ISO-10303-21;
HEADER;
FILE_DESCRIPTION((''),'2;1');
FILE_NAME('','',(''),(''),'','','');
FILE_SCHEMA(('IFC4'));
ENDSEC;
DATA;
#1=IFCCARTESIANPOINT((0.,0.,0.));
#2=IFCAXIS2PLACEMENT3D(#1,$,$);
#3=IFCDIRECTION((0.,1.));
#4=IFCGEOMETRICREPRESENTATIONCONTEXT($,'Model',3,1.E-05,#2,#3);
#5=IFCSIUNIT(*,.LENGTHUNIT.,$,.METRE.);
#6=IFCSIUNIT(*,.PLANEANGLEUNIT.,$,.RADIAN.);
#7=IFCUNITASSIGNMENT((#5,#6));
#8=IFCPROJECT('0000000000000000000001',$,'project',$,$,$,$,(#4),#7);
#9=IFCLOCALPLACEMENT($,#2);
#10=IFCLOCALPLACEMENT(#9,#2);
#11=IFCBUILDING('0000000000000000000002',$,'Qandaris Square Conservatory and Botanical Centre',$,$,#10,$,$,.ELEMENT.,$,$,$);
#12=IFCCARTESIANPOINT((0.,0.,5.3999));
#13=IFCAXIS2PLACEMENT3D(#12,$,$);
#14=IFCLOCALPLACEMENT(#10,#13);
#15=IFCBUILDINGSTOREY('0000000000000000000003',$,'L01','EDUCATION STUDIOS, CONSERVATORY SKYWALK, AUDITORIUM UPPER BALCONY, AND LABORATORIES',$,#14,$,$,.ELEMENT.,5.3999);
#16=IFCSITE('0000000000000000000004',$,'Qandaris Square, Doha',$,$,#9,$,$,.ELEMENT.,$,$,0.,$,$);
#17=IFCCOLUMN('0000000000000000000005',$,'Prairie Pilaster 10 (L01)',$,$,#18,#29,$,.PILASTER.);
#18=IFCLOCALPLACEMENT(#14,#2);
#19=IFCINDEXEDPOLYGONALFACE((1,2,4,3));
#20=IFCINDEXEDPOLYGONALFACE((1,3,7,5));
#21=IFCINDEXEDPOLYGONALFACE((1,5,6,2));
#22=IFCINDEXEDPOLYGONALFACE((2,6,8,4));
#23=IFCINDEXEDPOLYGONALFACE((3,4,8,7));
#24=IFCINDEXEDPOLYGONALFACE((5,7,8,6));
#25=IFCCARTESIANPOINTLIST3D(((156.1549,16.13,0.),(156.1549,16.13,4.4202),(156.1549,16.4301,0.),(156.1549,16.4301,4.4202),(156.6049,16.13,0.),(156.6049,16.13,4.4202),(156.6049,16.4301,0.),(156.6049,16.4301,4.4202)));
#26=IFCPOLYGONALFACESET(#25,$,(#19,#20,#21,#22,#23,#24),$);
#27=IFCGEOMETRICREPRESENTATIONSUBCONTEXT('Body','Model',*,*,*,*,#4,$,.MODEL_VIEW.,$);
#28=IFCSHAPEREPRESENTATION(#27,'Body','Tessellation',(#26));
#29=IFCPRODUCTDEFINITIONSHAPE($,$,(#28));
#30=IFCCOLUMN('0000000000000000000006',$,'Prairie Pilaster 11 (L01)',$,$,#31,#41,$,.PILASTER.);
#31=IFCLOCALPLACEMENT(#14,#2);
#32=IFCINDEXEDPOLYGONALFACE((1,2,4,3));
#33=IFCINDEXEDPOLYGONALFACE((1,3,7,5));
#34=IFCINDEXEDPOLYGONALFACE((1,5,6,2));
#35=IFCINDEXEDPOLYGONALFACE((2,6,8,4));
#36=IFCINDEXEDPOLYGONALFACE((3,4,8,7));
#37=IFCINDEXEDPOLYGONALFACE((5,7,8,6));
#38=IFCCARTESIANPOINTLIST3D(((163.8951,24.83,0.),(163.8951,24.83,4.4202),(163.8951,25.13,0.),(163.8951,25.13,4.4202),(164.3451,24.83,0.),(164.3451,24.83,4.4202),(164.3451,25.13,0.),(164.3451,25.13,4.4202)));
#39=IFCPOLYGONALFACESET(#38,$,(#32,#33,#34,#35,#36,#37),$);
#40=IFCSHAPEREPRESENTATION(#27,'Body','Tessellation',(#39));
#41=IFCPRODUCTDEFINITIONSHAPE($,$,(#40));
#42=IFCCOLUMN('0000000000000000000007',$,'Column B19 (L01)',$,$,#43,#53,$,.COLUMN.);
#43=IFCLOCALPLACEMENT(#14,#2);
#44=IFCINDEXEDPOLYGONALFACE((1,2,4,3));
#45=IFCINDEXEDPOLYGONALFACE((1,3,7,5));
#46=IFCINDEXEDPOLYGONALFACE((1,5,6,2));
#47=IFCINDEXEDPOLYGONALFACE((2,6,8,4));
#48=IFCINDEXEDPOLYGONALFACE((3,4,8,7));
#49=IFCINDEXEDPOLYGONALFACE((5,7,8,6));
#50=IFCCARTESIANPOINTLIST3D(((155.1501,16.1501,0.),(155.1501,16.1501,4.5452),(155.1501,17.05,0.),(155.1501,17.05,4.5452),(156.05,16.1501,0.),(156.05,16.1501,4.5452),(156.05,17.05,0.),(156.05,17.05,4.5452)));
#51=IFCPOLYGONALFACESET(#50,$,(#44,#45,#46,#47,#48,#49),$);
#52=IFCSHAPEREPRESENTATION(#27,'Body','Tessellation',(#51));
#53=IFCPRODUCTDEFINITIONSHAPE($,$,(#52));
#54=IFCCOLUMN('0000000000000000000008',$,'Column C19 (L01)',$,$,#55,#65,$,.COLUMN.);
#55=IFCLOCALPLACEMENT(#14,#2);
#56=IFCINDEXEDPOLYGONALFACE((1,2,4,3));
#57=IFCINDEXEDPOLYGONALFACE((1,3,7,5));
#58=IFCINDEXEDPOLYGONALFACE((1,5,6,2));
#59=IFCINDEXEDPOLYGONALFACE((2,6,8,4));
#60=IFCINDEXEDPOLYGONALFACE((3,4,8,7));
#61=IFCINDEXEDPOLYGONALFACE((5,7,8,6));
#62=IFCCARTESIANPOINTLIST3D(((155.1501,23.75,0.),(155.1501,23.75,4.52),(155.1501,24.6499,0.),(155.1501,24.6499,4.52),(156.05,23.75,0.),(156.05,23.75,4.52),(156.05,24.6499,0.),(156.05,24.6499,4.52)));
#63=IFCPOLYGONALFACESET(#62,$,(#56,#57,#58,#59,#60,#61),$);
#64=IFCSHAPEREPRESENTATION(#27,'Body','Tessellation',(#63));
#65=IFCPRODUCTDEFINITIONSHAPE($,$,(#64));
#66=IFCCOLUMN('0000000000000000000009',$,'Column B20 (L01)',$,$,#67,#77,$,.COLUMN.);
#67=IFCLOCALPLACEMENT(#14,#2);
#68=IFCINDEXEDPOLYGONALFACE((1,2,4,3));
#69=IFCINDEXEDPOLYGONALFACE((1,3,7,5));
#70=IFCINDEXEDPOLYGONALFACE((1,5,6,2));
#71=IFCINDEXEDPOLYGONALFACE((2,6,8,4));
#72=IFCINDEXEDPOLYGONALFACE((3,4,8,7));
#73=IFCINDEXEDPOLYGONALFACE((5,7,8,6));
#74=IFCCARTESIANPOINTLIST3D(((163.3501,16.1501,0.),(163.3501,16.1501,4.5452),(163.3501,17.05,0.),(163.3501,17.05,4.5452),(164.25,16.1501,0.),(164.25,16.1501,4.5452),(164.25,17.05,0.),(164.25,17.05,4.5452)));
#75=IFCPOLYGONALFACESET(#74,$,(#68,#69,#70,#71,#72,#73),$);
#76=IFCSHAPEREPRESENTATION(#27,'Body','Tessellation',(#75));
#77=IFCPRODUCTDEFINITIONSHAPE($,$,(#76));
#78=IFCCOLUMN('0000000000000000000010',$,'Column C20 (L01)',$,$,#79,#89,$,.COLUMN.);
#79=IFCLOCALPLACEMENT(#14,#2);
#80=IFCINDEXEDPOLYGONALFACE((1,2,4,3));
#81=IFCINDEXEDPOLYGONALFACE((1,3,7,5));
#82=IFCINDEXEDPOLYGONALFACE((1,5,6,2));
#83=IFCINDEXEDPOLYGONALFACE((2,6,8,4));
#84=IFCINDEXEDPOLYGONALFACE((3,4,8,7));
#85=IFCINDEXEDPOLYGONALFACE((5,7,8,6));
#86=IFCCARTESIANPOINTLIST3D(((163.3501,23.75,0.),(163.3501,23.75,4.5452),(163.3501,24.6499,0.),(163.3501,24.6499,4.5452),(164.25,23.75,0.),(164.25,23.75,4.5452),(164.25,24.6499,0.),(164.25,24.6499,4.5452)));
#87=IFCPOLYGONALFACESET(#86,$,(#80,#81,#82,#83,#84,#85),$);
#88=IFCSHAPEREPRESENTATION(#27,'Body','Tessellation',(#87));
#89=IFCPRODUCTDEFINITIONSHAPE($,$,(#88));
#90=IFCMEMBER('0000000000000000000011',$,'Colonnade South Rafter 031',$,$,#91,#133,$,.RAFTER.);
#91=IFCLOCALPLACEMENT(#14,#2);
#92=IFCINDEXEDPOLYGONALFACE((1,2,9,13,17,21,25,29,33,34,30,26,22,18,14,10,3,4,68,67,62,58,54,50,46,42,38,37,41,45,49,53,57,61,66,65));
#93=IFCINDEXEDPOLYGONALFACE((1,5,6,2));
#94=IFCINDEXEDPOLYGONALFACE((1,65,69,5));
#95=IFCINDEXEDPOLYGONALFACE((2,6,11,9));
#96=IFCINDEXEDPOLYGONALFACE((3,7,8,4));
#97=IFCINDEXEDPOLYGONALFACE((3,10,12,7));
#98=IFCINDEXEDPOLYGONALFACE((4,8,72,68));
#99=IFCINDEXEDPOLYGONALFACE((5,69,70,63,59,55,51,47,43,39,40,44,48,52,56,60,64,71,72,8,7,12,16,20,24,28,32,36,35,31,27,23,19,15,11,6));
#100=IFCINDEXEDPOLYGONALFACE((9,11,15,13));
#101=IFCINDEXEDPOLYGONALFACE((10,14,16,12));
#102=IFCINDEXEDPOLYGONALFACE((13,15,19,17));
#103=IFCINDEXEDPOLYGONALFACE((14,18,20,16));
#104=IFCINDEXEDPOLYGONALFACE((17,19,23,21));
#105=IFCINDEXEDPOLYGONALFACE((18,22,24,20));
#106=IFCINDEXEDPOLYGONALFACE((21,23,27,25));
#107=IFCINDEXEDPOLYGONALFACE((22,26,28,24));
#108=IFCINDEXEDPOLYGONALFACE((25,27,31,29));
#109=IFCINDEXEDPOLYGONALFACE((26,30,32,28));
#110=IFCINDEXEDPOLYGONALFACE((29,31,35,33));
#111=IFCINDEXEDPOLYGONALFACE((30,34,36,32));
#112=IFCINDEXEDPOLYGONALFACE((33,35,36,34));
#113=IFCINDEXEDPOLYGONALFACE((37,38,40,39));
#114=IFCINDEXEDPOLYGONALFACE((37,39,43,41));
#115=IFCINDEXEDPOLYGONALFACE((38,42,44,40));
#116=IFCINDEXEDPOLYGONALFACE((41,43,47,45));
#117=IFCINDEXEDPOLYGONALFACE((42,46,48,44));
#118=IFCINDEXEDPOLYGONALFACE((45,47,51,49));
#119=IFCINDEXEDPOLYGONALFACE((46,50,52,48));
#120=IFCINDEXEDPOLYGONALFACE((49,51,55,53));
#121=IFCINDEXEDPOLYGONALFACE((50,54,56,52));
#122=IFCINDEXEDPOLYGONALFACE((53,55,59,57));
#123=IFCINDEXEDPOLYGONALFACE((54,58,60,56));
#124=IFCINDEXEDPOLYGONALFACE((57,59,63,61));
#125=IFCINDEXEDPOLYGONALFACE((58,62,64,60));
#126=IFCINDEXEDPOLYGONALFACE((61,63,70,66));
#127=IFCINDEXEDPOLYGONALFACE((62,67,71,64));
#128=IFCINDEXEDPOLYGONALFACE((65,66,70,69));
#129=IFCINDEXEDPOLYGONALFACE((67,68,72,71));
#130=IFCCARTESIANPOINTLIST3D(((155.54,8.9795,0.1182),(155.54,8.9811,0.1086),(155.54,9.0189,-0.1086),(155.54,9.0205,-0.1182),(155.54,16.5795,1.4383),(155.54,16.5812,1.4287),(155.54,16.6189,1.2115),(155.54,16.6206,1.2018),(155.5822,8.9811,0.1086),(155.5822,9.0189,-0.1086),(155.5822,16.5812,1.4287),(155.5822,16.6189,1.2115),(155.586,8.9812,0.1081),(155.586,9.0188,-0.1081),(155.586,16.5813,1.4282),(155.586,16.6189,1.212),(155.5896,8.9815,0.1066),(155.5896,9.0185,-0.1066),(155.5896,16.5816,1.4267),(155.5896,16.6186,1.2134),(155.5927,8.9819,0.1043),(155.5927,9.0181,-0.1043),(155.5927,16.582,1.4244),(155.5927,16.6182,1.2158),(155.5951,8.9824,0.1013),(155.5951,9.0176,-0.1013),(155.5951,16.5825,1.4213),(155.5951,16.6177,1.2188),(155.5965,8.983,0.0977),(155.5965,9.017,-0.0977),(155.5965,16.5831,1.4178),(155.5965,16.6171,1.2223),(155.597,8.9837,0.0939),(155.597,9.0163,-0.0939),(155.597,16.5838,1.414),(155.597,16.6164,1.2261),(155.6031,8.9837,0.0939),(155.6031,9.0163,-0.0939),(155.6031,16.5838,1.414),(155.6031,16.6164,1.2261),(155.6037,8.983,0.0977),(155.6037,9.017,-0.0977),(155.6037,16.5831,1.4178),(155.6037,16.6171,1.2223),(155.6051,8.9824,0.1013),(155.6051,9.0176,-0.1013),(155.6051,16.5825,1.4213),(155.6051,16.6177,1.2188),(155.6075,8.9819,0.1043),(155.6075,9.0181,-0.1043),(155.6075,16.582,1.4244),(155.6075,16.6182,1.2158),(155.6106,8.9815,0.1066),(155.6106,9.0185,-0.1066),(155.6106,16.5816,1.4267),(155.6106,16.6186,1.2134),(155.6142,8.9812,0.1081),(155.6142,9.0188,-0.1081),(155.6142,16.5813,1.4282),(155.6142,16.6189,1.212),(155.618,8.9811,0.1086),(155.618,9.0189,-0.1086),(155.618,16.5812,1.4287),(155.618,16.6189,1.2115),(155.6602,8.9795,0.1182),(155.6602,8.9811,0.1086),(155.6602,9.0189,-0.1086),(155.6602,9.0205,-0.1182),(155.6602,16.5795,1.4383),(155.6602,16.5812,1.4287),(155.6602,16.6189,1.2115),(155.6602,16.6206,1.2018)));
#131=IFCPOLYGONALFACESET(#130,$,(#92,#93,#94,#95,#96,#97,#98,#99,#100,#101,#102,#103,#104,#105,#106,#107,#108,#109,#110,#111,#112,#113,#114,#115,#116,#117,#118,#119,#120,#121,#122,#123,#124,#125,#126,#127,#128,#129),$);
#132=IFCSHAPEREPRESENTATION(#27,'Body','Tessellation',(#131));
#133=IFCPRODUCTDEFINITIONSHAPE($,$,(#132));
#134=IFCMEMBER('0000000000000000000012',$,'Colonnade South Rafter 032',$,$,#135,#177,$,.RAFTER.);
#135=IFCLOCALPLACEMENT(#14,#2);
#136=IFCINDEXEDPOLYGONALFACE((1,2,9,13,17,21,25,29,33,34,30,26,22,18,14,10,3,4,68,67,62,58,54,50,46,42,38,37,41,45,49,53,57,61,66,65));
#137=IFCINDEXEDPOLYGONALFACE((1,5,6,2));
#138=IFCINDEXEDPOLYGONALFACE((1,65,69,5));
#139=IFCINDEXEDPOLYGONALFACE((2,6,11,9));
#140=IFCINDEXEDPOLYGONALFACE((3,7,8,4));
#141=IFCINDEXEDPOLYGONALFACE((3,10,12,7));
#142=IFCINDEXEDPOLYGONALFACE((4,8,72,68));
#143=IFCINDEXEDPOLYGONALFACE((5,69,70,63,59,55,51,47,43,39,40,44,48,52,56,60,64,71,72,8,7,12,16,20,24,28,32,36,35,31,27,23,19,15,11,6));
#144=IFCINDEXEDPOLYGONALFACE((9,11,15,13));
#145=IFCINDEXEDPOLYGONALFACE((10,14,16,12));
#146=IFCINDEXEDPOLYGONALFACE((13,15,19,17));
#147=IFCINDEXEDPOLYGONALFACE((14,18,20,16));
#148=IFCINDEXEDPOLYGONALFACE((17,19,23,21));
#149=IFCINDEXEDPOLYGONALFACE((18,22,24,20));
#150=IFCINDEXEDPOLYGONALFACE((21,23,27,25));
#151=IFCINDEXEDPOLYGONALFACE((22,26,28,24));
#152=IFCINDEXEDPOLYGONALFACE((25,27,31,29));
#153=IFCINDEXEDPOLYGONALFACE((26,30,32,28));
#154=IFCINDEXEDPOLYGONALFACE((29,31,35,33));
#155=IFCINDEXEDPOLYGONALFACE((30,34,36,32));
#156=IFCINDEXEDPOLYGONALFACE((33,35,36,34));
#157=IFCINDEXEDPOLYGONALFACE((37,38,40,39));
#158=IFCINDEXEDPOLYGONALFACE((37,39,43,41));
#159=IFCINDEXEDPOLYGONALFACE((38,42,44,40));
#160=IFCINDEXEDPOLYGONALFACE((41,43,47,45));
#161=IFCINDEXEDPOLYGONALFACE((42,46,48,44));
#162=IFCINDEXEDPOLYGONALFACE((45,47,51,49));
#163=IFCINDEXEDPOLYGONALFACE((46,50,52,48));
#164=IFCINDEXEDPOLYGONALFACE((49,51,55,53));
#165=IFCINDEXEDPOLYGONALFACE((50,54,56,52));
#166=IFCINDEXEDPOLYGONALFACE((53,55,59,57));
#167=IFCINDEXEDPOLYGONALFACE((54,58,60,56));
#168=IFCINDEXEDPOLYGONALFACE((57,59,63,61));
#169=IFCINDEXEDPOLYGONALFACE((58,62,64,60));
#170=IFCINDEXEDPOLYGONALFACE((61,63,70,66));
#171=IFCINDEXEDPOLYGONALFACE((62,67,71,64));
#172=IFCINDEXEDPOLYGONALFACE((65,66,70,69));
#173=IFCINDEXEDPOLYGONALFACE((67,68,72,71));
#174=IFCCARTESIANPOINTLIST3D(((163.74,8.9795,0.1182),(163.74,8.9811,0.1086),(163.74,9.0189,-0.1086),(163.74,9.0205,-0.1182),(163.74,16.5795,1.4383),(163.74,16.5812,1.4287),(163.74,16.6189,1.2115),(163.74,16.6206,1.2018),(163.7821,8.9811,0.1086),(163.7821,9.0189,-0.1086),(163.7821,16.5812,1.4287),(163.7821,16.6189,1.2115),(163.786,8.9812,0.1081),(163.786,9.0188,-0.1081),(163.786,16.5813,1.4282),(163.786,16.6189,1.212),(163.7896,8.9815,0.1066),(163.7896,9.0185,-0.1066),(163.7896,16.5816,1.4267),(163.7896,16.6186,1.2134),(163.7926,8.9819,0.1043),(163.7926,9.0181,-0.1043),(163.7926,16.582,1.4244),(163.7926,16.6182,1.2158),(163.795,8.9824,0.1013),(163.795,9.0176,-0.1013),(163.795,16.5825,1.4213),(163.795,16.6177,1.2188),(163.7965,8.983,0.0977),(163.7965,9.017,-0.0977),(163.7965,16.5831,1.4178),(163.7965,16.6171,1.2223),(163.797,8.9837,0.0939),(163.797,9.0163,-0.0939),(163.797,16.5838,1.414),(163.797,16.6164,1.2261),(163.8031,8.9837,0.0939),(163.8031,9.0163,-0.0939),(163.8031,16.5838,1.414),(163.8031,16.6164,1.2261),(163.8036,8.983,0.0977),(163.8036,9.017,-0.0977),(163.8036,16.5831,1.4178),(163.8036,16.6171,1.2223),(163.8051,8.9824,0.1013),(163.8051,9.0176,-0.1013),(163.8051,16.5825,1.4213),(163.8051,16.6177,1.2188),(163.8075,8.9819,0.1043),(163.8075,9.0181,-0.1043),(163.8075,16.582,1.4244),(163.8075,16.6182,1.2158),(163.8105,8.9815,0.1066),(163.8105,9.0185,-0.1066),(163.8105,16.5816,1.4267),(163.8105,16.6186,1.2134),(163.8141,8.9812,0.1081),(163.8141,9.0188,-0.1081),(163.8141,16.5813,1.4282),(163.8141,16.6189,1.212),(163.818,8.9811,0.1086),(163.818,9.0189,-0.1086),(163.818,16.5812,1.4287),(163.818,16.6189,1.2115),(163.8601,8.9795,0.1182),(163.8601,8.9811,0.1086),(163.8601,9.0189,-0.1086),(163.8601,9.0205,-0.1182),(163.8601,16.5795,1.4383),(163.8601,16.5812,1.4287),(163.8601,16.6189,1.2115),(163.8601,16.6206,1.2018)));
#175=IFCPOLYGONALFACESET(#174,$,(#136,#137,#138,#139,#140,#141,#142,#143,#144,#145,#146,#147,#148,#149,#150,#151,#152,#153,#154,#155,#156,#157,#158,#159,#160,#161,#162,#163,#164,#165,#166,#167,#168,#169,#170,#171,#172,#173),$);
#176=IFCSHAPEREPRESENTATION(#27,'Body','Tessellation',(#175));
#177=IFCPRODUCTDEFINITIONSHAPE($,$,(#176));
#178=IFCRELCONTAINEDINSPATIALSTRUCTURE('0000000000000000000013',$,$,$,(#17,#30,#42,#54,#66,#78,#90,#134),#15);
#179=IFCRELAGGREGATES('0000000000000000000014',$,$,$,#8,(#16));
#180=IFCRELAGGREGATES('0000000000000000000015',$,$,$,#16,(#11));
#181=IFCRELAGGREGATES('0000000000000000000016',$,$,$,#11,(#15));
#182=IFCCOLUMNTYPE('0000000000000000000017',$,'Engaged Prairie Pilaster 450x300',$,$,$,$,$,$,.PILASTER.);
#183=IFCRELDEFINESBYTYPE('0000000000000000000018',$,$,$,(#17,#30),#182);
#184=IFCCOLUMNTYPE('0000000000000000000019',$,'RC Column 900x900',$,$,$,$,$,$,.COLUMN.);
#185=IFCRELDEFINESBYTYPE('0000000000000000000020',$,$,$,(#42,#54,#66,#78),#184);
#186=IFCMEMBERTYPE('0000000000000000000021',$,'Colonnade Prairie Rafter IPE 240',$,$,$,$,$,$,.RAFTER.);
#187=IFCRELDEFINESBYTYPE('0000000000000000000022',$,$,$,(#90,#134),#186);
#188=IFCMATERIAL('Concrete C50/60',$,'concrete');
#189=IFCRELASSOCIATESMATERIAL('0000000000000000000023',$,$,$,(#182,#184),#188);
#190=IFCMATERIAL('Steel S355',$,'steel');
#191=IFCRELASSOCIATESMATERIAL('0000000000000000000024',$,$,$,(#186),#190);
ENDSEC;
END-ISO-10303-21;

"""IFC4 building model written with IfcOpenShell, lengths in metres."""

from ifc_helpers import new_model, si_unit, direction, frame, origin, origin_2d, place, context, subcontext, project, spatial, rectangle, i_section, extrude, material, material_profile, profile_set, type_object, element, save


model = new_model("IFC4")

# Units and contexts
model_context = context("Model", 3, precision=1e-05, world=origin(), true_north=direction((0.0, 1.0)))
body_context = subcontext(model_context, "Body", "Model", "MODEL_VIEW")
ifc_project = project(units=[si_unit("LENGTHUNIT", "METRE"), si_unit("PLANEANGLEUNIT", "RADIAN")], contexts=[model_context])

# Site, building, storey
site_placement = place(None, origin())
site = spatial("IfcSite", under=ifc_project, at=site_placement, Name="Qandaris Square, Doha", CompositionType="ELEMENT", RefElevation=0.0)
building_placement = place(site_placement, origin())
building = spatial("IfcBuilding", under=site, at=building_placement, Name="Qandaris Square Conservatory and Botanical Centre", CompositionType="ELEMENT")
storey_placement = place(building_placement, frame((0.0, 0.0, 5.3999)))
storey = spatial("IfcBuildingStorey", under=building, at=storey_placement, Name="L01", Description="EDUCATION STUDIOS, CONSERVATORY SKYWALK, AUDITORIUM UPPER BALCONY, AND LABORATORIES", CompositionType="ELEMENT", Elevation=5.3999)

# Columns
ifc_material_1 = material(Name="Concrete C50/60", Category="concrete")
ifc_material_profile_1 = material_profile(ifc_material_1, rectangle(XDim=0.45, YDim=0.3, at=origin_2d()), Name="RC-PIL 450x300")
ifc_profile_set_1 = profile_set([ifc_material_profile_1], Name="Concrete C50/60")
column_type_1 = type_object("IfcColumnType", Name="Engaged Prairie Pilaster 450x300", PredefinedType="PILASTER", material=ifc_profile_set_1)
for number, where, z_axis, x_axis, name in (
    (1, (156.3799, 16.28, 0.0), (0.0, 0.0, 1.0), (1.0, 0.0, 0.0), "Prairie Pilaster 10 (L01)"),
    (2, (164.1201, 24.98, 0.0), (0.0, 0.0, 1.0), (1.0, 0.0, 0.0), "Prairie Pilaster 11 (L01)"),
):
    element("IfcColumn", number, at=place(storey_placement, frame(where, z_axis=z_axis, x_axis=x_axis)), inside=storey, type_object=column_type_1, Name=name, PredefinedType="PILASTER", context=body_context, shape_type="SweptSolid", body=[
        extrude(rectangle(XDim=0.45, YDim=0.3, at=origin_2d()), origin(), (0.0, 0.0, 1.0), 4.4202),
    ])
ifc_material_profile_2 = material_profile(ifc_material_1, rectangle(XDim=0.8999, YDim=0.8999, at=origin_2d()), Name="RC-COL 900x900")
ifc_profile_set_2 = profile_set([ifc_material_profile_2], Name="Concrete C50/60")
column_type_2 = type_object("IfcColumnType", Name="RC Column 900x900", PredefinedType="COLUMN", material=ifc_profile_set_2)
column_1_placement = place(storey_placement, frame((155.6001, 16.6001, 0.0), z_axis=(0.0, 0.0, 1.0), x_axis=(1.0, 0.0, 0.0)))
element("IfcColumn", 3, at=column_1_placement, inside=storey, type_object=column_type_2, Name="Column B19 (L01)", PredefinedType="COLUMN", context=body_context, shape_type="SweptSolid", body=[
    extrude(rectangle(XDim=0.8999, YDim=0.8999, at=origin_2d()), origin(), (0.0, 0.0, 1.0), 4.5452),
])
column_2_placement = place(storey_placement, frame((155.6001, 24.2, 0.0), z_axis=(0.0, 0.0, 1.0), x_axis=(1.0, 0.0, 0.0)))
element("IfcColumn", 4, at=column_2_placement, inside=storey, type_object=column_type_2, Name="Column C19 (L01)", PredefinedType="COLUMN", context=body_context, shape_type="SweptSolid", body=[
    extrude(rectangle(XDim=0.8999, YDim=0.8999, at=origin_2d()), origin(), (0.0, 0.0, 1.0), 4.52),
])
for number, where, z_axis, x_axis, name in (
    (5, (163.8, 16.6001, 0.0), (0.0, 0.0, 1.0), (1.0, 0.0, 0.0), "Column B20 (L01)"),
    (6, (163.8, 24.2, 0.0), (0.0, 0.0, 1.0), (1.0, 0.0, 0.0), "Column C20 (L01)"),
):
    element("IfcColumn", number, at=place(storey_placement, frame(where, z_axis=z_axis, x_axis=x_axis)), inside=storey, type_object=column_type_2, Name=name, PredefinedType="COLUMN", context=body_context, shape_type="SweptSolid", body=[
        extrude(rectangle(XDim=0.8999, YDim=0.8999, at=origin_2d()), origin(), (0.0, 0.0, 1.0), 4.5452),
    ])

# Members
ifc_material_2 = material(Name="Steel S355", Category="steel")
ifc_material_profile_3 = material_profile(ifc_material_2, i_section(OverallWidth=0.1201, OverallDepth=0.24, WebThickness=0.0061, FlangeThickness=0.0098, FilletRadius=0.0149, at=origin_2d()), Name="IPE 240")
ifc_profile_set_3 = profile_set([ifc_material_profile_3], Name="Steel S355")
member_type_1 = type_object("IfcMemberType", Name="Colonnade Prairie Rafter IPE 240", PredefinedType="RAFTER", material=ifc_profile_set_3)
for number, where, z_axis, x_axis, name in (
    (7, (155.6001, 9.0, 0.0), (0.0, 0.985249, 0.171129), (-1.0, 0.0, 0.0), "Colonnade South Rafter 031"),
    (8, (163.8, 9.0, 0.0), (0.0, 0.985249, 0.171129), (-1.0, 0.0, 0.0), "Colonnade South Rafter 032"),
):
    element("IfcMember", number, at=place(storey_placement, frame(where, z_axis=z_axis, x_axis=x_axis)), inside=storey, type_object=member_type_1, Name=name, PredefinedType="RAFTER", context=body_context, shape_type="SweptSolid", body=[
        extrude(i_section(OverallWidth=0.1201, OverallDepth=0.24, WebThickness=0.0061, FlangeThickness=0.0098, FilletRadius=0.0149, at=origin_2d()), origin(), (0.0, 0.0, 1.0), 7.7139),
    ])

save(model, "model.ifc")
